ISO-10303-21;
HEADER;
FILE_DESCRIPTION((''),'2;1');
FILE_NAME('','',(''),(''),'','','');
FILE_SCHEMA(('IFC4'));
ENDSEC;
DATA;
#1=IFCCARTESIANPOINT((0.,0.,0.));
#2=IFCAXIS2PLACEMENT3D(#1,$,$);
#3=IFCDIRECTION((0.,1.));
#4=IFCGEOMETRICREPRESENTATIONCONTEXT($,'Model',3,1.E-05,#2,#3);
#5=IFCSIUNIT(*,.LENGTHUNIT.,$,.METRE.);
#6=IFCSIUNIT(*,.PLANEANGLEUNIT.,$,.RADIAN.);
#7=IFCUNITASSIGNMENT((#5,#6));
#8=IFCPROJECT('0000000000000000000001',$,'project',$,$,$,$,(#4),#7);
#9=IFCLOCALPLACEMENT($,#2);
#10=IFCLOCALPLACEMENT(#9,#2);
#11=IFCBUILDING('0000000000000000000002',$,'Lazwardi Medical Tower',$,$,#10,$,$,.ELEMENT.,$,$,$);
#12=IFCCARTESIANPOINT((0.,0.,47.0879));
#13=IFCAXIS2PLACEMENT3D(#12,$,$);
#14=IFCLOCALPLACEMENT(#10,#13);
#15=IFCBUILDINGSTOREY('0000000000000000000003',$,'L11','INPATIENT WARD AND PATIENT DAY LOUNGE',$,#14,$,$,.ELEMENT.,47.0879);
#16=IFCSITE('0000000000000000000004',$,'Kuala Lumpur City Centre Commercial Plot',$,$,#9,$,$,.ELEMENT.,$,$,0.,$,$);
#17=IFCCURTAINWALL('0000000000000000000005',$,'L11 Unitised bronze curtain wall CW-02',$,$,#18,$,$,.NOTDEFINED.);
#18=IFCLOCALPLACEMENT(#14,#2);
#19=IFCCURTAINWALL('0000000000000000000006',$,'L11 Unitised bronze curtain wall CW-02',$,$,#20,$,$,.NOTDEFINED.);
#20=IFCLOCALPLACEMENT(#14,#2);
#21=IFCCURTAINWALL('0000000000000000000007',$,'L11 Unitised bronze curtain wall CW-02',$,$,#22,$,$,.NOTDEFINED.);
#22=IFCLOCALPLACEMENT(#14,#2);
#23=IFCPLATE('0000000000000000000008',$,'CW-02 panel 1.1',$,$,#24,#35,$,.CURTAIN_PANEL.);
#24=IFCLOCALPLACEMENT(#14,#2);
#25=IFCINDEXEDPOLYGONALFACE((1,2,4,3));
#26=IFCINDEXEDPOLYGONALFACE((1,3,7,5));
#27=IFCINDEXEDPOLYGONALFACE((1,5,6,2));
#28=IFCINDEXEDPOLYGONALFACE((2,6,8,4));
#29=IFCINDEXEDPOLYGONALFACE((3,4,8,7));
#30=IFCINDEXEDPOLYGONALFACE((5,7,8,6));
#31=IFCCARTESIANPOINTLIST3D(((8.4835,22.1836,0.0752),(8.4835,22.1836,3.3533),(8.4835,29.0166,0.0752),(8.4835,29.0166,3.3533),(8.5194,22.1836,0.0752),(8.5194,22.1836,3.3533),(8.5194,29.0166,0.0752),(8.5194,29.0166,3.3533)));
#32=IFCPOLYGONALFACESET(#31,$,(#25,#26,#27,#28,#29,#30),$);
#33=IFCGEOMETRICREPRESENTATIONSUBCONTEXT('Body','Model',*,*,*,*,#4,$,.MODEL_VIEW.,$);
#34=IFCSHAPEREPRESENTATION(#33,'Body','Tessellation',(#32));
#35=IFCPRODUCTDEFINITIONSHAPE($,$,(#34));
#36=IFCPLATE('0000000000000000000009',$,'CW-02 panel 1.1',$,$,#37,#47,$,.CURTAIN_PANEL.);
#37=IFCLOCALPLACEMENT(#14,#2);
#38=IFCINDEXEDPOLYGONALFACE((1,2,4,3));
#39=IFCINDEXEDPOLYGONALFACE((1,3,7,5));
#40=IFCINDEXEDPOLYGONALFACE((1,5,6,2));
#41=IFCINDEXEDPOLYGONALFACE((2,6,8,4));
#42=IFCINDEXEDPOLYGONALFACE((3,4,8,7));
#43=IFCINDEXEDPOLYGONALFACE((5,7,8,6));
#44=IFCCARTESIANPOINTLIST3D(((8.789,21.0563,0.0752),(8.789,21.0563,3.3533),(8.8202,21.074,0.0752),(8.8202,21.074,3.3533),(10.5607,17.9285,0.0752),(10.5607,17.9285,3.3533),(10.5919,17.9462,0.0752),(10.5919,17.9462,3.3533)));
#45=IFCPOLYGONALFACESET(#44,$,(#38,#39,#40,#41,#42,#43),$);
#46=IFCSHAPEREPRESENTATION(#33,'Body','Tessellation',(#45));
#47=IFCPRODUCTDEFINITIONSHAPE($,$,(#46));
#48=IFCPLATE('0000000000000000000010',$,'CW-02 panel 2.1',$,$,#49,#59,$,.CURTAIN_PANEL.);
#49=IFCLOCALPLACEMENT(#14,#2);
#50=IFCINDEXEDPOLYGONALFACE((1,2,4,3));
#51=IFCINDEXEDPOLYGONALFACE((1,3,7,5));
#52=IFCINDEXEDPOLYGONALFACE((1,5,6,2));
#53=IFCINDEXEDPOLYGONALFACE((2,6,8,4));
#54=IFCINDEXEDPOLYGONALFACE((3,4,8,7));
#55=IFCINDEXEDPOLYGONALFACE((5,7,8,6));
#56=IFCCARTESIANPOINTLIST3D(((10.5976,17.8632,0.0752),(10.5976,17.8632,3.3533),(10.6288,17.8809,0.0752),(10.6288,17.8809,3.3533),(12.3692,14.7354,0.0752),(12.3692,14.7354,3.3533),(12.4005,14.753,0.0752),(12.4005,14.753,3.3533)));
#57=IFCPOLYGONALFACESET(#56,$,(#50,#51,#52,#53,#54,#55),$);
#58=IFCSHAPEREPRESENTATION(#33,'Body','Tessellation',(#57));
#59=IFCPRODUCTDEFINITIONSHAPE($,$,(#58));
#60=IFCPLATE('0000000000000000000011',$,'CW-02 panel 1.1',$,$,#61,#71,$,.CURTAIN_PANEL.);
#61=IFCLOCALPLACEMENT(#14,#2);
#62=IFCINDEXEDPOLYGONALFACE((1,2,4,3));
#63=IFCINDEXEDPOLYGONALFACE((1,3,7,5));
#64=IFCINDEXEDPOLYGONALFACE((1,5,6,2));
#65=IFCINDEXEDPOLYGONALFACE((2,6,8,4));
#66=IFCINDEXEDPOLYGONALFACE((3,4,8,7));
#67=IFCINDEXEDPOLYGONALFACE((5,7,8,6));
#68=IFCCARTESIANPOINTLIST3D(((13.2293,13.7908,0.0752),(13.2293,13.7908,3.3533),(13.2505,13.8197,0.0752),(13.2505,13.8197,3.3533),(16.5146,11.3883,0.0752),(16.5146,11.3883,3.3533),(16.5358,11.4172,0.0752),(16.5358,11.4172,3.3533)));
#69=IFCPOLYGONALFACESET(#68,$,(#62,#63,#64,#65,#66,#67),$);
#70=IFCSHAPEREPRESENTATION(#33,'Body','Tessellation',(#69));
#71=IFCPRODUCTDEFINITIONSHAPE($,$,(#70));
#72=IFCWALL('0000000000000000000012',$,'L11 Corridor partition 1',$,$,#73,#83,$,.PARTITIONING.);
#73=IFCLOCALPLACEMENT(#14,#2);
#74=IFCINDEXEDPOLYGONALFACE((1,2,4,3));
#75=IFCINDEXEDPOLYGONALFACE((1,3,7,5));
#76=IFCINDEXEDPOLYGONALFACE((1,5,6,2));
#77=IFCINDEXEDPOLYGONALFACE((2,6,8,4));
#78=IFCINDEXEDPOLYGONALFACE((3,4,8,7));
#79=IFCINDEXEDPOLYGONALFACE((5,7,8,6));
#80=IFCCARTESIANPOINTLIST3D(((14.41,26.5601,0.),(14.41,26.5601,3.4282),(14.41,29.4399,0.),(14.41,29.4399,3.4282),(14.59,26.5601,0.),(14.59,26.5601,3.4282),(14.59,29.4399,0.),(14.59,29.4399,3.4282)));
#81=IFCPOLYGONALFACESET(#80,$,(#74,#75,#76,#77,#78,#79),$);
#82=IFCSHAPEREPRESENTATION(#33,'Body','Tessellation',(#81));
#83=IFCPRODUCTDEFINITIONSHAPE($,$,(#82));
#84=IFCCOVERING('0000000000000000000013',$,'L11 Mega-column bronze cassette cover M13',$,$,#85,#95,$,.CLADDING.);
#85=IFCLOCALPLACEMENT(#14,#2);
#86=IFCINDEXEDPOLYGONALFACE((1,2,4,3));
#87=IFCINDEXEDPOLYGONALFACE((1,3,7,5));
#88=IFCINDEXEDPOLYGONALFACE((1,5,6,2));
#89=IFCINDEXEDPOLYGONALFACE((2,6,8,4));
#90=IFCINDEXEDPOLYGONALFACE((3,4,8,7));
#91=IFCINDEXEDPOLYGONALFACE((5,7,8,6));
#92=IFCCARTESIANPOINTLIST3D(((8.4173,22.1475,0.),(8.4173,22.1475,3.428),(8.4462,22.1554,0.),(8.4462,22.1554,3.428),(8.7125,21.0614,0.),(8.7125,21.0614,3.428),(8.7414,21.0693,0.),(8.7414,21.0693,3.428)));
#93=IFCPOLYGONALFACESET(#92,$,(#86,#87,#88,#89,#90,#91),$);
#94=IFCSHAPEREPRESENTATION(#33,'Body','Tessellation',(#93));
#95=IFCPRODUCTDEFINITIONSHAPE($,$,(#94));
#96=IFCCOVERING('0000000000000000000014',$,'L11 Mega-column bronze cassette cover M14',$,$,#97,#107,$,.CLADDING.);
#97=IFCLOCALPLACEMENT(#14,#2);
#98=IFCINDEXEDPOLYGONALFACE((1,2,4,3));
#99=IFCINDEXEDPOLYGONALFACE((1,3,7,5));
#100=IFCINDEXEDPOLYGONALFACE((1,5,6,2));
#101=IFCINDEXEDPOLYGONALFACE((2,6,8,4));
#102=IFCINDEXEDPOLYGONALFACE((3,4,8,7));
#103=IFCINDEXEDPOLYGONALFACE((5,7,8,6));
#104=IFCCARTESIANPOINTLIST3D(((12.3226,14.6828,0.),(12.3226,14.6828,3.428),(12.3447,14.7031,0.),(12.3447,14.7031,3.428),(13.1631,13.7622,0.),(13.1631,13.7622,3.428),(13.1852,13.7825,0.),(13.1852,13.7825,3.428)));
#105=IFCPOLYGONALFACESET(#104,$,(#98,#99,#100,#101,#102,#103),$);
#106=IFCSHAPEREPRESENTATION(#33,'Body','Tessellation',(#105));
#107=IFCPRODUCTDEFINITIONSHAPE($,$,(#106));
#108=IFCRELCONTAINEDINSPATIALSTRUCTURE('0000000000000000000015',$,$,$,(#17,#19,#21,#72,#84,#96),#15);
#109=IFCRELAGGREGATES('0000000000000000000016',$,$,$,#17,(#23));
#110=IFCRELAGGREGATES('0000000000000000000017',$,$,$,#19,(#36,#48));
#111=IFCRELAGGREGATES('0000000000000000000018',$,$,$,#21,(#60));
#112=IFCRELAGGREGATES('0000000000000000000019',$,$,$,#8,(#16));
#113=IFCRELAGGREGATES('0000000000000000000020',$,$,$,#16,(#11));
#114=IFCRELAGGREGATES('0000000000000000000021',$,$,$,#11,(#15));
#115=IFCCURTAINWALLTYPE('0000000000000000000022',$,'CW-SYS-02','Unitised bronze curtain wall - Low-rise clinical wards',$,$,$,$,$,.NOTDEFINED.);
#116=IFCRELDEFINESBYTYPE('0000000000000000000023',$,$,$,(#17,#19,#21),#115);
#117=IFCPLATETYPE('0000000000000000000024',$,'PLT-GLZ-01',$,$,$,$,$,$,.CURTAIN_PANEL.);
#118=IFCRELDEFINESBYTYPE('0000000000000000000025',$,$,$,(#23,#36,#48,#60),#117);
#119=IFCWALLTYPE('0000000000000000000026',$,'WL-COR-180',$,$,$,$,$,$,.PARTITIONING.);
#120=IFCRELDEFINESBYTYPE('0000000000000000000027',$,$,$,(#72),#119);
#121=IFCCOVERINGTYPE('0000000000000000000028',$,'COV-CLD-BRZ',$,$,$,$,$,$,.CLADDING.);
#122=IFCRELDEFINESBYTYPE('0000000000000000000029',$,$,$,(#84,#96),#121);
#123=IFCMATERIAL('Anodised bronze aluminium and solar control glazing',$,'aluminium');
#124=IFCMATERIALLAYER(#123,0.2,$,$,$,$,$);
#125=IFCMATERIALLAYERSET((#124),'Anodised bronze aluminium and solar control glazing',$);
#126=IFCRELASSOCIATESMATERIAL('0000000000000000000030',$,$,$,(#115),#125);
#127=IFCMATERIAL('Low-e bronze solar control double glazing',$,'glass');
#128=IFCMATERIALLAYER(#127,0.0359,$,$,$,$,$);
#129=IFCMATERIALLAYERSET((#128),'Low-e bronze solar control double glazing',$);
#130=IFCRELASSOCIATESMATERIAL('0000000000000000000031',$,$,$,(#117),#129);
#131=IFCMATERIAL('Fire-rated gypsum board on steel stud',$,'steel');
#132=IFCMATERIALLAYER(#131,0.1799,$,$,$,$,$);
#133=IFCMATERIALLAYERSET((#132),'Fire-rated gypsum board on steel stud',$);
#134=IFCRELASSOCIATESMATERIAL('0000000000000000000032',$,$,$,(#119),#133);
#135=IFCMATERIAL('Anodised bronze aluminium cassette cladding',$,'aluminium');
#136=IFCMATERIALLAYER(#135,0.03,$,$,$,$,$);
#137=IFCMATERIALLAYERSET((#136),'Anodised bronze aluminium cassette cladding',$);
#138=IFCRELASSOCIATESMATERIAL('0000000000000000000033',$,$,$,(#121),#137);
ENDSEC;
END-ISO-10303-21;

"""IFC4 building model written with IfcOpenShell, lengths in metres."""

from ifc_helpers import new_model, si_unit, direction, frame, frame_2d, origin, origin_2d, place, context, subcontext, project, spatial, rectangle, extrude, material, layer, layer_set, type_object, element, aggregate, save


model = new_model("IFC4")

# Units and contexts
model_context = context("Model", 3, precision=1e-05, world=origin(), true_north=direction((0.0, 1.0)))
body_context = subcontext(model_context, "Body", "Model", "MODEL_VIEW")
ifc_project = project(units=[si_unit("LENGTHUNIT", "METRE"), si_unit("PLANEANGLEUNIT", "RADIAN")], contexts=[model_context])

# Site, building, storey
site_placement = place(None, origin())
site = spatial("IfcSite", under=ifc_project, at=site_placement, Name="Kuala Lumpur City Centre Commercial Plot", CompositionType="ELEMENT", RefElevation=0.0)
building_placement = place(site_placement, origin())
building = spatial("IfcBuilding", under=site, at=building_placement, Name="Lazwardi Medical Tower", CompositionType="ELEMENT")
storey_placement = place(building_placement, frame((0.0, 0.0, 47.0879)))
storey = spatial("IfcBuildingStorey", under=building, at=storey_placement, Name="L11", Description="INPATIENT WARD AND PATIENT DAY LOUNGE", CompositionType="ELEMENT", Elevation=47.0879)

# Curtain wall
ifc_material_1 = material(Name="Anodised bronze aluminium and solar control glazing", Category="aluminium")
ifc_layer_1 = layer(ifc_material_1, 0.2)
ifc_layer_set_1 = layer_set([ifc_layer_1], Name="Anodised bronze aluminium and solar control glazing")
curtain_wall_type = type_object("IfcCurtainWallType", Name="CW-SYS-02", Description="Unitised bronze curtain wall - Low-rise clinical wards", PredefinedType="NOTDEFINED", material=ifc_layer_set_1)
curtain_wall_1_placement = place(storey_placement, origin())
curtain_wall_1 = element("IfcCurtainWall", 1, at=curtain_wall_1_placement, inside=storey, type_object=curtain_wall_type, Name="L11 Unitised bronze curtain wall CW-02", PredefinedType="NOTDEFINED")

# Curtain wall
curtain_wall_2_placement = place(storey_placement, origin())
curtain_wall_2 = element("IfcCurtainWall", 2, at=curtain_wall_2_placement, inside=storey, type_object=curtain_wall_type, Name="L11 Unitised bronze curtain wall CW-02", PredefinedType="NOTDEFINED")

# Curtain wall
curtain_wall_3_placement = place(storey_placement, origin())
curtain_wall_3 = element("IfcCurtainWall", 3, at=curtain_wall_3_placement, inside=storey, type_object=curtain_wall_type, Name="L11 Unitised bronze curtain wall CW-02", PredefinedType="NOTDEFINED")

# Plates
ifc_material_2 = material(Name="Low-e bronze solar control double glazing", Category="glass")
ifc_layer_2 = layer(ifc_material_2, 0.0359)
ifc_layer_set_2 = layer_set([ifc_layer_2], Name="Low-e bronze solar control double glazing")
plate_type = type_object("IfcPlateType", Name="PLT-GLZ-01", PredefinedType="CURTAIN_PANEL", material=ifc_layer_set_2)
plate_1_placement = place(storey_placement, frame((8.5015, 25.6001, 0.0752), z_axis=(0.0, 0.0, 1.0), x_axis=(0.0, -1.0, 0.0)))
plate_1 = element("IfcPlate", 4, at=plate_1_placement, type_object=plate_type, Name="CW-02 panel 1.1", PredefinedType="CURTAIN_PANEL", context=body_context, shape_type="SweptSolid", body=[
    extrude(rectangle(XDim=6.833, YDim=0.0359, at=origin_2d()), origin(), (0.0, 0.0, 1.0), 3.2781),
])
aggregate(curtain_wall_1, [plate_1])
plate_2_placement = place(storey_placement, frame((9.6904, 19.5012, 0.0752), z_axis=(0.0, 0.0, 1.0), x_axis=(0.492854, -0.870112, 0.0)))
plate_2 = element("IfcPlate", 5, at=plate_2_placement, type_object=plate_type, Name="CW-02 panel 1.1", PredefinedType="CURTAIN_PANEL", context=body_context, shape_type="SweptSolid", body=[
    extrude(rectangle(XDim=3.5947, YDim=0.0359, at=origin_2d()), origin(), (0.0, 0.0, 1.0), 3.2781),
])
plate_3_placement = place(storey_placement, frame((11.499, 16.3081, 0.0752), z_axis=(0.0, 0.0, 1.0), x_axis=(0.492854, -0.870112, 0.0)))
plate_3 = element("IfcPlate", 6, at=plate_3_placement, type_object=plate_type, Name="CW-02 panel 2.1", PredefinedType="CURTAIN_PANEL", context=body_context, shape_type="SweptSolid", body=[
    extrude(rectangle(XDim=3.5947, YDim=0.0359, at=origin_2d()), origin(), (0.0, 0.0, 1.0), 3.2781),
])
aggregate(curtain_wall_2, [plate_2, plate_3])
plate_4_placement = place(storey_placement, frame((14.8826, 12.604, 0.0752), z_axis=(0.0, 0.0, 1.0), x_axis=(0.807192, -0.590289, 0.0)))
plate_4 = element("IfcPlate", 7, at=plate_4_placement, type_object=plate_type, Name="CW-02 panel 1.1", PredefinedType="CURTAIN_PANEL", context=body_context, shape_type="SweptSolid", body=[
    extrude(rectangle(XDim=4.0701, YDim=0.0359, at=origin_2d()), origin(), (0.0, 0.0, 1.0), 3.2781),
])
aggregate(curtain_wall_3, [plate_4])

# Wall
ifc_material_3 = material(Name="Fire-rated gypsum board on steel stud", Category="steel")
ifc_layer_3 = layer(ifc_material_3, 0.1799)
ifc_layer_set_3 = layer_set([ifc_layer_3], Name="Fire-rated gypsum board on steel stud")
wall_type = type_object("IfcWallType", Name="WL-COR-180", PredefinedType="PARTITIONING", material=ifc_layer_set_3)
wall_placement = place(storey_placement, frame((14.5, 26.5601, 0.0), z_axis=(0.0, 0.0, 1.0), x_axis=(0.0, 1.0, 0.0)))
element("IfcWall", 8, at=wall_placement, inside=storey, type_object=wall_type, Name="L11 Corridor partition 1", PredefinedType="PARTITIONING", context=body_context, shape_type="SweptSolid", body=[
    extrude(rectangle(XDim=2.8799, YDim=0.1799, at=frame_2d((1.4399, 0.0))), origin(), (0.0, 0.0, 1.0), 3.4282),
])

# Coverings
ifc_material_4 = material(Name="Anodised bronze aluminium cassette cladding", Category="aluminium")
ifc_layer_4 = layer(ifc_material_4, 0.03)
ifc_layer_set_4 = layer_set([ifc_layer_4], Name="Anodised bronze aluminium cassette cladding")
covering_type = type_object("IfcCoveringType", Name="COV-CLD-BRZ", PredefinedType="CLADDING", material=ifc_layer_set_4)
covering_1_placement = place(storey_placement, frame((8.5793, 21.6084, 0.0), z_axis=(0.0, 0.0, 1.0), x_axis=(0.262283, -0.964991, 0.0)))
element("IfcCovering", 9, at=covering_1_placement, inside=storey, type_object=covering_type, Name="L11 Mega-column bronze cassette cover M13", PredefinedType="CLADDING", context=body_context, shape_type="SweptSolid", body=[
    extrude(rectangle(XDim=1.1255, YDim=0.03, at=origin_2d()), origin(), (0.0, 0.0, 1.0), 3.428),
])
covering_2_placement = place(storey_placement, frame((12.7539, 14.2327, 0.0), z_axis=(0.0, 0.0, 1.0), x_axis=(0.674252, -0.738501, 0.0)))
element("IfcCovering", 10, at=covering_2_placement, inside=storey, type_object=covering_type, Name="L11 Mega-column bronze cassette cover M14", PredefinedType="CLADDING", context=body_context, shape_type="SweptSolid", body=[
    extrude(rectangle(XDim=1.2466, YDim=0.03, at=origin_2d()), origin(), (0.0, 0.0, 1.0), 3.428),
])

save(model, "model.ifc")
